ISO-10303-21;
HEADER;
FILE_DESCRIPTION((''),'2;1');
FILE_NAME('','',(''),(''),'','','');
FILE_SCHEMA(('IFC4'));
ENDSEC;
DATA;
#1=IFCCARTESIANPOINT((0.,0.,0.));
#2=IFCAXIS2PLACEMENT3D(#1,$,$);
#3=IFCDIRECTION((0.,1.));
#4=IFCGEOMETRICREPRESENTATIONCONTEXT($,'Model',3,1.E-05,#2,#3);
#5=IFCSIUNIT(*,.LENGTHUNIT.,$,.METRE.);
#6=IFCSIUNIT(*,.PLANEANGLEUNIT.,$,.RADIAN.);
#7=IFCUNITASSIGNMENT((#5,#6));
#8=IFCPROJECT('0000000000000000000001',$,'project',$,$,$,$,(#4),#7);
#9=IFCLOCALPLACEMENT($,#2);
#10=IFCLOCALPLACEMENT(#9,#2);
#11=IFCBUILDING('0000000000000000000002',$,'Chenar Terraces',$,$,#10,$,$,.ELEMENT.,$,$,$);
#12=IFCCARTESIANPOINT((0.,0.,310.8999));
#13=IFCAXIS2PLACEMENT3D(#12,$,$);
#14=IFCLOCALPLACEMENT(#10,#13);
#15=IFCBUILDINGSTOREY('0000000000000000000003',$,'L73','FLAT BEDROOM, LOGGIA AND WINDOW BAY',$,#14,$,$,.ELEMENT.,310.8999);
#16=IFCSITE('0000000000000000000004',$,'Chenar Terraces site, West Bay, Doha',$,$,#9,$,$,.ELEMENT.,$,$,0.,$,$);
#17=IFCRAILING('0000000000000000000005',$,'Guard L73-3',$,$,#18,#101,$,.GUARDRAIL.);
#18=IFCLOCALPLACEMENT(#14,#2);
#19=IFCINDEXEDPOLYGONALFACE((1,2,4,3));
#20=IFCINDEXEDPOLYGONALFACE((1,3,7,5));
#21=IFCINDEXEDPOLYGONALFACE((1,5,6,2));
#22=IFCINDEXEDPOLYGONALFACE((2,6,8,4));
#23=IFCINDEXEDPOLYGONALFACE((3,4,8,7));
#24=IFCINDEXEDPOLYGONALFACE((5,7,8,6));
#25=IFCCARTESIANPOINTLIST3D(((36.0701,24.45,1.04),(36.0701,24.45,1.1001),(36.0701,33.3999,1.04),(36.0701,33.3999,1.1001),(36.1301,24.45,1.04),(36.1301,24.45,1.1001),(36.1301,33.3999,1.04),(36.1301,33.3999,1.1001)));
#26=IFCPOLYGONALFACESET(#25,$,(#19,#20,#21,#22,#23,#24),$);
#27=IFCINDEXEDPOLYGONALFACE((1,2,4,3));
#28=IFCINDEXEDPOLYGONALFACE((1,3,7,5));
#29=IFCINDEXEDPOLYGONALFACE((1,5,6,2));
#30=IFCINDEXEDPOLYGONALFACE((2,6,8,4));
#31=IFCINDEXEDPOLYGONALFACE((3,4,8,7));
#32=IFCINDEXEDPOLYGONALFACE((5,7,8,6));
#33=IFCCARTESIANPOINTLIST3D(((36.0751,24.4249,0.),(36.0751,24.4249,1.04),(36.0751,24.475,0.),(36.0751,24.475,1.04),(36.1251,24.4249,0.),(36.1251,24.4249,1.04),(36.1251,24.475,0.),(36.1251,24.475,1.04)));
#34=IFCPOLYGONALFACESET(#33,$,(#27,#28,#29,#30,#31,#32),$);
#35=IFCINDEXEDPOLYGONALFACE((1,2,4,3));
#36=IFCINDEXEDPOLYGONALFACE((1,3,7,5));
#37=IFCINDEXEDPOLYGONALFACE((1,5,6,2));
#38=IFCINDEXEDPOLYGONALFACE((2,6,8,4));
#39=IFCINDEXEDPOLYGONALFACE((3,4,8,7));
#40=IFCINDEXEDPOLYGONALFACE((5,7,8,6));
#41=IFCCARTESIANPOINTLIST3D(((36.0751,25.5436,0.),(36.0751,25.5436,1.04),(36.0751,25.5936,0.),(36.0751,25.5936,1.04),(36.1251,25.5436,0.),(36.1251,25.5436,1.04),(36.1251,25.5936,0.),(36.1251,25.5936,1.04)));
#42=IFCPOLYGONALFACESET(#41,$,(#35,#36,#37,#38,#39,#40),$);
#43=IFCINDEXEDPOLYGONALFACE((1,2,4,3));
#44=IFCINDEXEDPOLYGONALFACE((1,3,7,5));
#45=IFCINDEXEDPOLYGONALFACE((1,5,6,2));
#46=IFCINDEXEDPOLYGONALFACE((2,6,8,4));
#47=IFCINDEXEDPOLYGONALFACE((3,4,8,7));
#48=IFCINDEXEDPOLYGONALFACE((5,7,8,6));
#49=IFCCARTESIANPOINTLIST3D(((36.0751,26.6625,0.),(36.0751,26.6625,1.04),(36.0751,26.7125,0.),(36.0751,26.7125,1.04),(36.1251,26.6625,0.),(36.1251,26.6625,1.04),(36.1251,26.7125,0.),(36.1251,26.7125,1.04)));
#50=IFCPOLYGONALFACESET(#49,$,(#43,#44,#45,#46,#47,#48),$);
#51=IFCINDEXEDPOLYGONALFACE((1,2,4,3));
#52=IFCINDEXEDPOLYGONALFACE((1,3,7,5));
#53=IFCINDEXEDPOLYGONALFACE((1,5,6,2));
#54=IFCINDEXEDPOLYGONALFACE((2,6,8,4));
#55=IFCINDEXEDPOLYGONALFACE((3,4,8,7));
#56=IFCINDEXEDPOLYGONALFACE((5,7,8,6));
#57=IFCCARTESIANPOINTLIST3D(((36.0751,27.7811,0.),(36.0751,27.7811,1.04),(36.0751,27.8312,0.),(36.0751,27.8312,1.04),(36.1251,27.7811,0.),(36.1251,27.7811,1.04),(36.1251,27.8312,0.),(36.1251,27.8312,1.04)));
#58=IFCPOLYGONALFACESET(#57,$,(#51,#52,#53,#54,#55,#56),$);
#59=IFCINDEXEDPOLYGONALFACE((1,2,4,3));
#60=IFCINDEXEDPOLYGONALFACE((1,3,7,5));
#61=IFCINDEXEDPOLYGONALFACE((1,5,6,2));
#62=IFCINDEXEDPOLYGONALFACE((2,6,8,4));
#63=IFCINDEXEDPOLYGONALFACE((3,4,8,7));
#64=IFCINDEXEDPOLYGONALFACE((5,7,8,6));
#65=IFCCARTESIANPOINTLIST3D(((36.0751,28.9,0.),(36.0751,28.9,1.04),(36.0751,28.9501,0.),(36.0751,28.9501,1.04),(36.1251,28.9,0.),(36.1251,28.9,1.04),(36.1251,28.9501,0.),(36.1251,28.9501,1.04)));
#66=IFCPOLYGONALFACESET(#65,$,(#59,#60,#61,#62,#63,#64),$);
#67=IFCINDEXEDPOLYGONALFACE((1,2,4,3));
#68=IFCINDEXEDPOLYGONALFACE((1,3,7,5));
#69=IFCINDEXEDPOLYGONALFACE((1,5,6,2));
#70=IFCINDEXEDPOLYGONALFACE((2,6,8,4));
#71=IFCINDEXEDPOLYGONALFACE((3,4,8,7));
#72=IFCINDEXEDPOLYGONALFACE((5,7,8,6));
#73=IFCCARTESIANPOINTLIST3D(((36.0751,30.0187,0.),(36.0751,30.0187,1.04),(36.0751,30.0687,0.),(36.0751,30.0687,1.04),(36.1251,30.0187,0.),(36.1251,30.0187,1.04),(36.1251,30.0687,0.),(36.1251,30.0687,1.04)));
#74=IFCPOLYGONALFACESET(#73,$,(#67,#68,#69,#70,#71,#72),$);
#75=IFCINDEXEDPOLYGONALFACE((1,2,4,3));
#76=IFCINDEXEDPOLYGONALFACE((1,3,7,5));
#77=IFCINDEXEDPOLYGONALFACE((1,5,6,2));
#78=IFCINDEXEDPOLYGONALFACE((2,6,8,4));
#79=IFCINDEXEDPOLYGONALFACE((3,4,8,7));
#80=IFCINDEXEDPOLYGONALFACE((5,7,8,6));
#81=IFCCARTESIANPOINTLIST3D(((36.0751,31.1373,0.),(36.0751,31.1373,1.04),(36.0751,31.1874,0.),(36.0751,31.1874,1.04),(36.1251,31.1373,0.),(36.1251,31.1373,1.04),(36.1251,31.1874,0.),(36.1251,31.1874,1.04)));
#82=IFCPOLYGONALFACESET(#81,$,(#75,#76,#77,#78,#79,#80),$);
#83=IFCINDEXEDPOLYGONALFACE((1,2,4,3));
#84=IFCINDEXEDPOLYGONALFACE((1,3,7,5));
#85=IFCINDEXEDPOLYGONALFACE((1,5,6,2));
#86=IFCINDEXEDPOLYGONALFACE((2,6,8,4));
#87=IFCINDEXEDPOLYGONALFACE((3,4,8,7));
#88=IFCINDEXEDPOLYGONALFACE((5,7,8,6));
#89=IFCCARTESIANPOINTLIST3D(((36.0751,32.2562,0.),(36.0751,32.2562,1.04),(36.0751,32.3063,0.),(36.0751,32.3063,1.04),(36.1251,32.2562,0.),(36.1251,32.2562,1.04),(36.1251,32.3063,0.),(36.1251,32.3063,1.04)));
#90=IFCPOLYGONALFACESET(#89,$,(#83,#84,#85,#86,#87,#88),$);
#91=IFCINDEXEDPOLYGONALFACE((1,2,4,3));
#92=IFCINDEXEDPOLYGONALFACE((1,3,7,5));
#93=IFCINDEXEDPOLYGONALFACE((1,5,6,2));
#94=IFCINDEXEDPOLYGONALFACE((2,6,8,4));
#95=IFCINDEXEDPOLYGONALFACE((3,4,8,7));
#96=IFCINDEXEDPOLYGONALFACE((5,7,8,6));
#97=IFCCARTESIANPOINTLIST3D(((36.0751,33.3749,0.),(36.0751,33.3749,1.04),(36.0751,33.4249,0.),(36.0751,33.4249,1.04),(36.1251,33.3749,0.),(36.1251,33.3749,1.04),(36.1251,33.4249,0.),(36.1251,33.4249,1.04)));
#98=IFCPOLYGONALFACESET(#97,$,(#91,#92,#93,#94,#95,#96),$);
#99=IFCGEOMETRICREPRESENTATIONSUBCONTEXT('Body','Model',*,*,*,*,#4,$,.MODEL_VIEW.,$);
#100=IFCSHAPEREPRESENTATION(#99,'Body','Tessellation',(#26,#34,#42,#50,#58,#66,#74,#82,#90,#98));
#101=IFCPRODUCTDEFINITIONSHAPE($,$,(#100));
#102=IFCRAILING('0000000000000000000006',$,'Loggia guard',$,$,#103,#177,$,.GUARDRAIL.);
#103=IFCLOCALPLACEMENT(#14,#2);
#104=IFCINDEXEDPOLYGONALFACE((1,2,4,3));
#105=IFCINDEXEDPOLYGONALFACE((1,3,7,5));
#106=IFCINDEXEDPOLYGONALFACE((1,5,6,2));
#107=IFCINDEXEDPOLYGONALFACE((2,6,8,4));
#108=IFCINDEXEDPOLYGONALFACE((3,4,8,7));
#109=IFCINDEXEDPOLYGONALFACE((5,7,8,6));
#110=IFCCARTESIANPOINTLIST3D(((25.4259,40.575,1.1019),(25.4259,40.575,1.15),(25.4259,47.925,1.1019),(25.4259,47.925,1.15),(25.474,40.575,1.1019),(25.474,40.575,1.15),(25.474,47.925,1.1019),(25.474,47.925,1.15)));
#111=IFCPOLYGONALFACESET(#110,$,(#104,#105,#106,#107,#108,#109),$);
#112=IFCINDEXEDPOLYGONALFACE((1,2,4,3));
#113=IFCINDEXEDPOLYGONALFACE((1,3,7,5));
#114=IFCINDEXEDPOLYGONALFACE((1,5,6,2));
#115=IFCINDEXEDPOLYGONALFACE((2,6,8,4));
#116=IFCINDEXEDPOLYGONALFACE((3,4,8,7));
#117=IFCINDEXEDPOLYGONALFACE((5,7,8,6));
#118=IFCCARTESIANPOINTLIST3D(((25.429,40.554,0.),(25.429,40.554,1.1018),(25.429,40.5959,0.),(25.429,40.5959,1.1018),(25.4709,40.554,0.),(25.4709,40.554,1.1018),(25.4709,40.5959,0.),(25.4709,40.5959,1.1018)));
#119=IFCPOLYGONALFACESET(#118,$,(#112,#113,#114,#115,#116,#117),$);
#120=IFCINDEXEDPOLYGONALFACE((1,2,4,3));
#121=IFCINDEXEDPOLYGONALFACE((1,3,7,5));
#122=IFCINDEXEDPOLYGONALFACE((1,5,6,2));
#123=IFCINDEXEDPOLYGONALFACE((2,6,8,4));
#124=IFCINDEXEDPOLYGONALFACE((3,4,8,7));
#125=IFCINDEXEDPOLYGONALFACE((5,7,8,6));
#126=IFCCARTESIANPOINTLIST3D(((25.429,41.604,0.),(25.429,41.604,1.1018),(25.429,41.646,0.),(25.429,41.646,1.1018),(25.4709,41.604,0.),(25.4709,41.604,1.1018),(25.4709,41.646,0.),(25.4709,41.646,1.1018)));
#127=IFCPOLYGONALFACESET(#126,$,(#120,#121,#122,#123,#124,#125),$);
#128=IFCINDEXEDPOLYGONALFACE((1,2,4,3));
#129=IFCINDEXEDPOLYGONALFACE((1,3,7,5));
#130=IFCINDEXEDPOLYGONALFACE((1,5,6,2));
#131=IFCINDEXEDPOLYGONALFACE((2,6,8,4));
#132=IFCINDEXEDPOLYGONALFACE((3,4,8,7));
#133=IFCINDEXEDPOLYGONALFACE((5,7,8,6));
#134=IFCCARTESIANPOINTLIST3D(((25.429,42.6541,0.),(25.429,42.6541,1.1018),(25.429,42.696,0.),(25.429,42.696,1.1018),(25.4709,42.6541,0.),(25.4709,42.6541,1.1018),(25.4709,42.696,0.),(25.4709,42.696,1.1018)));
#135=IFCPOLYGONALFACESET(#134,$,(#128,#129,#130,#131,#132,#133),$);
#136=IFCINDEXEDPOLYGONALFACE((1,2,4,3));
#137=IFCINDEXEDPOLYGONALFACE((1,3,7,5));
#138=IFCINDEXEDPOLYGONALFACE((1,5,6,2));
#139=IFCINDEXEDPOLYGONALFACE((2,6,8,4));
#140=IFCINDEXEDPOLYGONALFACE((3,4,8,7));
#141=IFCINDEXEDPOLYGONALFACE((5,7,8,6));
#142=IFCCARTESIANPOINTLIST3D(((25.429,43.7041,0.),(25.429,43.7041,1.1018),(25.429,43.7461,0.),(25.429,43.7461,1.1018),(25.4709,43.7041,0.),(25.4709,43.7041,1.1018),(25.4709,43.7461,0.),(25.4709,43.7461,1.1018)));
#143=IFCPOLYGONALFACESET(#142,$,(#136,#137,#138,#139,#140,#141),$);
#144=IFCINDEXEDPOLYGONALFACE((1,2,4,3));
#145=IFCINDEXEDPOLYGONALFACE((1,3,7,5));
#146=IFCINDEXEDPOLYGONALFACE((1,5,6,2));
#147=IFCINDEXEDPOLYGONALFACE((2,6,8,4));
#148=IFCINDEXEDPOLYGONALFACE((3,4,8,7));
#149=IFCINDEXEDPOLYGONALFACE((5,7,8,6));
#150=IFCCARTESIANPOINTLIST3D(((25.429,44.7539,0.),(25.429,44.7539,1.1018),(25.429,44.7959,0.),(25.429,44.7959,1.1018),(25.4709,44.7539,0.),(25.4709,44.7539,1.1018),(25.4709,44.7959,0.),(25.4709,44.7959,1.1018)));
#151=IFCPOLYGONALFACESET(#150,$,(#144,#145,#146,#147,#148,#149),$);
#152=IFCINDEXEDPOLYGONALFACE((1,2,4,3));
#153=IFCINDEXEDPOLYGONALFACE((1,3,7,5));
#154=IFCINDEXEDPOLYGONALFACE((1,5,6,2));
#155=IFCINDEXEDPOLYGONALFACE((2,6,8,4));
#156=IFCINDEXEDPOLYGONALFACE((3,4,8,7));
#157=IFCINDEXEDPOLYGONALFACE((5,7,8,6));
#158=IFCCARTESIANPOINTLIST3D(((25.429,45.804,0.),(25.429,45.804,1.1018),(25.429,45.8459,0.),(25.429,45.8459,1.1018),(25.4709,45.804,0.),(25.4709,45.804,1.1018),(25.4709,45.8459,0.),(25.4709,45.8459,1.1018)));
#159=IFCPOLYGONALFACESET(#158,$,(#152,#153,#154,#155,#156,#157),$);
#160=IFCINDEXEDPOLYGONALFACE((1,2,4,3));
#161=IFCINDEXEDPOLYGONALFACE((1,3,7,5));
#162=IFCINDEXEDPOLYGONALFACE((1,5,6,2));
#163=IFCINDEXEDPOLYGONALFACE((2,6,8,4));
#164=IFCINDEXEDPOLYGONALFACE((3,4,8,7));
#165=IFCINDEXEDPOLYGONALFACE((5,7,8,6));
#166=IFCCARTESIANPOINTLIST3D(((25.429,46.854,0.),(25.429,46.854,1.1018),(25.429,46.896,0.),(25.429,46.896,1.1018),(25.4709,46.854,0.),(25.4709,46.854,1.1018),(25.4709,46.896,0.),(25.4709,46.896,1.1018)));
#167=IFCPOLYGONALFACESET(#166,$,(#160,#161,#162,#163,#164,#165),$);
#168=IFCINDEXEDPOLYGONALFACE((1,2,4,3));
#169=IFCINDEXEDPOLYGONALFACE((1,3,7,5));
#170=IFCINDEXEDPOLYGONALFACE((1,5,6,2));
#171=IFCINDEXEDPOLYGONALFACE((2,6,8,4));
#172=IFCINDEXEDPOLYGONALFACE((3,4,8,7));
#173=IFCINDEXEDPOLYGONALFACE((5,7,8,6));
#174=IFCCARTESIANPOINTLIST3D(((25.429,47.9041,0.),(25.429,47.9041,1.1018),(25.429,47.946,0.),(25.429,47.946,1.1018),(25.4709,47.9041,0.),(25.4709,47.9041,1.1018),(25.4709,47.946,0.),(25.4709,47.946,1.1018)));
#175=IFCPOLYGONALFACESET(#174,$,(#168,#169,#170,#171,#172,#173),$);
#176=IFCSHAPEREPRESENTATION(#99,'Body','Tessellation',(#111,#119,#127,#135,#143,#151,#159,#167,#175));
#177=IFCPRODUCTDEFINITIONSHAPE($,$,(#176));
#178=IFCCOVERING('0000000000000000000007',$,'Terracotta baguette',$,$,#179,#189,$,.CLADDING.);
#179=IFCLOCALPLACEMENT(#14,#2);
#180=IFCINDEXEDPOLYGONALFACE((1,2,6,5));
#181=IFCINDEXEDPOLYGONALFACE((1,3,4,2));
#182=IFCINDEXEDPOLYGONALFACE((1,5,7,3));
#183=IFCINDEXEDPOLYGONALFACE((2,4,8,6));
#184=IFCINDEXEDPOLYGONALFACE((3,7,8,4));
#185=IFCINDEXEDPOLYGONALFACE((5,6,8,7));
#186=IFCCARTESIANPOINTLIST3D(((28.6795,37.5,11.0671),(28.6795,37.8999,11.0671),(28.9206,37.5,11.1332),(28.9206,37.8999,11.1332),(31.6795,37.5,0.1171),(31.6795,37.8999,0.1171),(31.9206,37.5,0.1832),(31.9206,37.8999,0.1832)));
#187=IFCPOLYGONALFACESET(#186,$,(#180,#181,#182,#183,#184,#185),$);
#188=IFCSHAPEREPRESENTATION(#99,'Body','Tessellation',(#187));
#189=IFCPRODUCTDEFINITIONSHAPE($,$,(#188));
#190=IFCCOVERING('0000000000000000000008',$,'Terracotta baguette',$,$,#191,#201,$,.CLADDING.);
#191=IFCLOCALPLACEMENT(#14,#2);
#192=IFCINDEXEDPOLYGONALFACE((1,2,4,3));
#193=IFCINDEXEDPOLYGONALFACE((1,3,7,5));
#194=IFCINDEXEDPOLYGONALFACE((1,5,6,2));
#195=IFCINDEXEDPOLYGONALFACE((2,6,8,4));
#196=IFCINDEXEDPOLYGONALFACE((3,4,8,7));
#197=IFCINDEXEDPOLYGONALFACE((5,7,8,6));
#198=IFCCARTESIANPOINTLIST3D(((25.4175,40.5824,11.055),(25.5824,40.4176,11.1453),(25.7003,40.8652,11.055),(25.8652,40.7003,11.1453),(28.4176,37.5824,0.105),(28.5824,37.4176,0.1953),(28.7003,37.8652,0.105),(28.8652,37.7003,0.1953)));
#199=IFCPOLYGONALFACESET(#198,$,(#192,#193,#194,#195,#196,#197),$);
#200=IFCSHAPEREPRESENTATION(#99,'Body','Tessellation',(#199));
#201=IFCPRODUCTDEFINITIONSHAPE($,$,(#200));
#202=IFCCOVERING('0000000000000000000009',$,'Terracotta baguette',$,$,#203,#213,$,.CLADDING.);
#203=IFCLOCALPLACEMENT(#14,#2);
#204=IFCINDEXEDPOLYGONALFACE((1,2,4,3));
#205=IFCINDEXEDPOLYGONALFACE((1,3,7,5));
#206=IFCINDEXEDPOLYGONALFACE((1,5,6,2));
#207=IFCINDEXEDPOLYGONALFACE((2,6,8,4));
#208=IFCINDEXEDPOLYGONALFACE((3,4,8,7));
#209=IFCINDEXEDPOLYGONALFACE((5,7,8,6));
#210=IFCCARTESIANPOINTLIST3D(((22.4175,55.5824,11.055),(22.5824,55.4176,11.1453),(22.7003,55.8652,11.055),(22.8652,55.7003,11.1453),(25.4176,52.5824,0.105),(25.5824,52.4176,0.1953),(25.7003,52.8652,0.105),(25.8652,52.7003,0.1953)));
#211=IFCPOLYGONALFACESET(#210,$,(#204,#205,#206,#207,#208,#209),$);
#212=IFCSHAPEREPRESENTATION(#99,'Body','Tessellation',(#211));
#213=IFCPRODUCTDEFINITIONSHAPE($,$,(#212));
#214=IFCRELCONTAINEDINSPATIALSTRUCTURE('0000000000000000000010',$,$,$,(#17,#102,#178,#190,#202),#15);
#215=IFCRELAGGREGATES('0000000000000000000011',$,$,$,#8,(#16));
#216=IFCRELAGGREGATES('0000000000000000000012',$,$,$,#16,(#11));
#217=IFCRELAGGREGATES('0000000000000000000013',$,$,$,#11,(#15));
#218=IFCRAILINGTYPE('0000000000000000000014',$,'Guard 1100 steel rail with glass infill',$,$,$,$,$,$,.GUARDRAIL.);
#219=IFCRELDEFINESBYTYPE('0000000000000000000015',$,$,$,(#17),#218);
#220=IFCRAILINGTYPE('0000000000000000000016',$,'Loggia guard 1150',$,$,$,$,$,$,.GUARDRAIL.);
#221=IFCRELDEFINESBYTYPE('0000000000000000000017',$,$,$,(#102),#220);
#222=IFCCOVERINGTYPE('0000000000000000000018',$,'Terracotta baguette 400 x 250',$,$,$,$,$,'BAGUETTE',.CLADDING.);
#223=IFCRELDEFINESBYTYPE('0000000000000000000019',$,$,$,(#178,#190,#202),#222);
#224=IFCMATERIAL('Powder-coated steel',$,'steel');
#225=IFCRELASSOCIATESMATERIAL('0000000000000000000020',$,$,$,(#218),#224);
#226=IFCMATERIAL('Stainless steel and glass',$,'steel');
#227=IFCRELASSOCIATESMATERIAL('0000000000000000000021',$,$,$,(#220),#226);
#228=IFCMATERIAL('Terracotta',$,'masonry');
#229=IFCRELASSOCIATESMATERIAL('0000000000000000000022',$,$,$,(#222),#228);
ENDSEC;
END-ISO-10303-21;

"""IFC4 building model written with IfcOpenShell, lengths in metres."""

from ifc_helpers import new_model, si_unit, direction, frame, origin, origin_2d, place, context, subcontext, project, spatial, rectangle, extrude, material, material_profile, profile_set, type_object, element, save


model = new_model("IFC4")

# Units and contexts
model_context = context("Model", 3, precision=1e-05, world=origin(), true_north=direction((0.0, 1.0)))
body_context = subcontext(model_context, "Body", "Model", "MODEL_VIEW")
ifc_project = project(units=[si_unit("LENGTHUNIT", "METRE"), si_unit("PLANEANGLEUNIT", "RADIAN")], contexts=[model_context])

# Site, building, storey
site_placement = place(None, origin())
site = spatial("IfcSite", under=ifc_project, at=site_placement, Name="Chenar Terraces site, West Bay, Doha", CompositionType="ELEMENT", RefElevation=0.0)
building_placement = place(site_placement, origin())
building = spatial("IfcBuilding", under=site, at=building_placement, Name="Chenar Terraces", CompositionType="ELEMENT")
storey_placement = place(building_placement, frame((0.0, 0.0, 310.8999)))
storey = spatial("IfcBuildingStorey", under=building, at=storey_placement, Name="L73", Description="FLAT BEDROOM, LOGGIA AND WINDOW BAY", CompositionType="ELEMENT", Elevation=310.8999)

# Railings
ifc_material_1 = material(Name="Powder-coated steel", Category="steel")
railing_type_1 = type_object("IfcRailingType", Name="Guard 1100 steel rail with glass infill", PredefinedType="GUARDRAIL", material=ifc_material_1)
railing_1_placement = place(storey_placement, frame((36.1001, 24.45, 0.0)))
element("IfcRailing", 1, at=railing_1_placement, inside=storey, type_object=railing_type_1, Name="Guard L73-3", PredefinedType="GUARDRAIL", context=body_context, shape_type="SweptSolid", body=[
    extrude(rectangle(XDim=0.0601, YDim=0.0601, at=origin_2d()), frame((0.0, 0.0, 1.0701), z_axis=(0.0, 1.0, 0.0), x_axis=(-1.0, 0.0, 0.0)), (0.0, 0.0, 1.0), 8.95),
    extrude(rectangle(XDim=0.05, YDim=0.05, at=origin_2d()), origin(), (0.0, 0.0, 1.0), 1.04),
    extrude(rectangle(XDim=0.05, YDim=0.05, at=origin_2d()), frame((0.0, 1.1187, 0.0)), (0.0, 0.0, 1.0), 1.04),
    extrude(rectangle(XDim=0.05, YDim=0.05, at=origin_2d()), frame((0.0, 2.2375, 0.0)), (0.0, 0.0, 1.0), 1.04),
    extrude(rectangle(XDim=0.05, YDim=0.05, at=origin_2d()), frame((0.0, 3.3562, 0.0)), (0.0, 0.0, 1.0), 1.04),
    extrude(rectangle(XDim=0.05, YDim=0.05, at=origin_2d()), frame((0.0, 4.4751, 0.0)), (0.0, 0.0, 1.0), 1.04),
    extrude(rectangle(XDim=0.05, YDim=0.05, at=origin_2d()), frame((0.0, 5.5938, 0.0)), (0.0, 0.0, 1.0), 1.04),
    extrude(rectangle(XDim=0.05, YDim=0.05, at=origin_2d()), frame((0.0, 6.7124, 0.0)), (0.0, 0.0, 1.0), 1.04),
    extrude(rectangle(XDim=0.05, YDim=0.05, at=origin_2d()), frame((0.0, 7.8313, 0.0)), (0.0, 0.0, 1.0), 1.04),
    extrude(rectangle(XDim=0.05, YDim=0.05, at=origin_2d()), frame((0.0, 8.95, 0.0)), (0.0, 0.0, 1.0), 1.04),
])
ifc_material_2 = material(Name="Stainless steel and glass", Category="steel")
railing_type_2 = type_object("IfcRailingType", Name="Loggia guard 1150", PredefinedType="GUARDRAIL", material=ifc_material_2)
railing_2_placement = place(storey_placement, frame((25.45, 40.575, 0.0)))
element("IfcRailing", 2, at=railing_2_placement, inside=storey, type_object=railing_type_2, Name="Loggia guard", PredefinedType="GUARDRAIL", context=body_context, shape_type="SweptSolid", body=[
    extrude(rectangle(XDim=0.0481, YDim=0.0481, at=origin_2d()), frame((0.0, 0.0, 1.126), z_axis=(0.0, 1.0, 0.0), x_axis=(-1.0, 0.0, 0.0)), (0.0, 0.0, 1.0), 7.3501),
    extrude(rectangle(XDim=0.042, YDim=0.042, at=origin_2d()), origin(), (0.0, 0.0, 1.0), 1.1018),
    extrude(rectangle(XDim=0.042, YDim=0.042, at=origin_2d()), frame((0.0, 1.05, 0.0)), (0.0, 0.0, 1.0), 1.1018),
    extrude(rectangle(XDim=0.042, YDim=0.042, at=origin_2d()), frame((0.0, 2.1001, 0.0)), (0.0, 0.0, 1.0), 1.1018),
    extrude(rectangle(XDim=0.042, YDim=0.042, at=origin_2d()), frame((0.0, 3.1501, 0.0)), (0.0, 0.0, 1.0), 1.1018),
    extrude(rectangle(XDim=0.042, YDim=0.042, at=origin_2d()), frame((0.0, 4.2, 0.0)), (0.0, 0.0, 1.0), 1.1018),
    extrude(rectangle(XDim=0.042, YDim=0.042, at=origin_2d()), frame((0.0, 5.25, 0.0)), (0.0, 0.0, 1.0), 1.1018),
    extrude(rectangle(XDim=0.042, YDim=0.042, at=origin_2d()), frame((0.0, 6.3, 0.0)), (0.0, 0.0, 1.0), 1.1018),
    extrude(rectangle(XDim=0.042, YDim=0.042, at=origin_2d()), frame((0.0, 7.3501, 0.0)), (0.0, 0.0, 1.0), 1.1018),
])

# Coverings
ifc_material_3 = material(Name="Terracotta", Category="masonry")
ifc_material_profile_1 = material_profile(ifc_material_3, rectangle(XDim=0.3999, YDim=0.25, at=origin_2d()), Name="Terracotta baguette 400 x 250")
ifc_profile_set_1 = profile_set([ifc_material_profile_1], Name="Terracotta")
covering_type = type_object("IfcCoveringType", Name="Terracotta baguette 400 x 250", ElementType="BAGUETTE", PredefinedType="CLADDING", material=ifc_profile_set_1)
covering_placement = place(storey_placement, frame((31.8, 37.7, 0.1501), z_axis=(-0.264236, 0.0, 0.964458), x_axis=(0.0, -1.0, 0.0)))
element("IfcCovering", 3, at=covering_placement, inside=storey, type_object=covering_type, Name="Terracotta baguette", PredefinedType="CLADDING", context=body_context, shape_type="SweptSolid", body=[
    extrude(rectangle(XDim=0.3999, YDim=0.25, at=origin_2d()), origin(), (0.0, 0.0, 1.0), 11.3535),
])
for number, where, z_axis, x_axis, name in (
    (4, (28.6414, 37.6414, 0.1501), (-0.255468, 0.255468, 0.932455), (-0.707107, -0.707107, 0.0), "Terracotta baguette"),
    (5, (25.6414, 52.6414, 0.1501), (-0.255468, 0.255468, 0.932455), (-0.707107, -0.707107, 0.0), "Terracotta baguette"),
):
    element("IfcCovering", number, at=place(storey_placement, frame(where, z_axis=z_axis, x_axis=x_axis)), inside=storey, type_object=covering_type, Name=name, PredefinedType="CLADDING", context=body_context, shape_type="SweptSolid", body=[
        extrude(rectangle(XDim=0.3999, YDim=0.25, at=origin_2d()), origin(), (0.0, 0.0, 1.0), 11.7432),
    ])

save(model, "model.ifc")
